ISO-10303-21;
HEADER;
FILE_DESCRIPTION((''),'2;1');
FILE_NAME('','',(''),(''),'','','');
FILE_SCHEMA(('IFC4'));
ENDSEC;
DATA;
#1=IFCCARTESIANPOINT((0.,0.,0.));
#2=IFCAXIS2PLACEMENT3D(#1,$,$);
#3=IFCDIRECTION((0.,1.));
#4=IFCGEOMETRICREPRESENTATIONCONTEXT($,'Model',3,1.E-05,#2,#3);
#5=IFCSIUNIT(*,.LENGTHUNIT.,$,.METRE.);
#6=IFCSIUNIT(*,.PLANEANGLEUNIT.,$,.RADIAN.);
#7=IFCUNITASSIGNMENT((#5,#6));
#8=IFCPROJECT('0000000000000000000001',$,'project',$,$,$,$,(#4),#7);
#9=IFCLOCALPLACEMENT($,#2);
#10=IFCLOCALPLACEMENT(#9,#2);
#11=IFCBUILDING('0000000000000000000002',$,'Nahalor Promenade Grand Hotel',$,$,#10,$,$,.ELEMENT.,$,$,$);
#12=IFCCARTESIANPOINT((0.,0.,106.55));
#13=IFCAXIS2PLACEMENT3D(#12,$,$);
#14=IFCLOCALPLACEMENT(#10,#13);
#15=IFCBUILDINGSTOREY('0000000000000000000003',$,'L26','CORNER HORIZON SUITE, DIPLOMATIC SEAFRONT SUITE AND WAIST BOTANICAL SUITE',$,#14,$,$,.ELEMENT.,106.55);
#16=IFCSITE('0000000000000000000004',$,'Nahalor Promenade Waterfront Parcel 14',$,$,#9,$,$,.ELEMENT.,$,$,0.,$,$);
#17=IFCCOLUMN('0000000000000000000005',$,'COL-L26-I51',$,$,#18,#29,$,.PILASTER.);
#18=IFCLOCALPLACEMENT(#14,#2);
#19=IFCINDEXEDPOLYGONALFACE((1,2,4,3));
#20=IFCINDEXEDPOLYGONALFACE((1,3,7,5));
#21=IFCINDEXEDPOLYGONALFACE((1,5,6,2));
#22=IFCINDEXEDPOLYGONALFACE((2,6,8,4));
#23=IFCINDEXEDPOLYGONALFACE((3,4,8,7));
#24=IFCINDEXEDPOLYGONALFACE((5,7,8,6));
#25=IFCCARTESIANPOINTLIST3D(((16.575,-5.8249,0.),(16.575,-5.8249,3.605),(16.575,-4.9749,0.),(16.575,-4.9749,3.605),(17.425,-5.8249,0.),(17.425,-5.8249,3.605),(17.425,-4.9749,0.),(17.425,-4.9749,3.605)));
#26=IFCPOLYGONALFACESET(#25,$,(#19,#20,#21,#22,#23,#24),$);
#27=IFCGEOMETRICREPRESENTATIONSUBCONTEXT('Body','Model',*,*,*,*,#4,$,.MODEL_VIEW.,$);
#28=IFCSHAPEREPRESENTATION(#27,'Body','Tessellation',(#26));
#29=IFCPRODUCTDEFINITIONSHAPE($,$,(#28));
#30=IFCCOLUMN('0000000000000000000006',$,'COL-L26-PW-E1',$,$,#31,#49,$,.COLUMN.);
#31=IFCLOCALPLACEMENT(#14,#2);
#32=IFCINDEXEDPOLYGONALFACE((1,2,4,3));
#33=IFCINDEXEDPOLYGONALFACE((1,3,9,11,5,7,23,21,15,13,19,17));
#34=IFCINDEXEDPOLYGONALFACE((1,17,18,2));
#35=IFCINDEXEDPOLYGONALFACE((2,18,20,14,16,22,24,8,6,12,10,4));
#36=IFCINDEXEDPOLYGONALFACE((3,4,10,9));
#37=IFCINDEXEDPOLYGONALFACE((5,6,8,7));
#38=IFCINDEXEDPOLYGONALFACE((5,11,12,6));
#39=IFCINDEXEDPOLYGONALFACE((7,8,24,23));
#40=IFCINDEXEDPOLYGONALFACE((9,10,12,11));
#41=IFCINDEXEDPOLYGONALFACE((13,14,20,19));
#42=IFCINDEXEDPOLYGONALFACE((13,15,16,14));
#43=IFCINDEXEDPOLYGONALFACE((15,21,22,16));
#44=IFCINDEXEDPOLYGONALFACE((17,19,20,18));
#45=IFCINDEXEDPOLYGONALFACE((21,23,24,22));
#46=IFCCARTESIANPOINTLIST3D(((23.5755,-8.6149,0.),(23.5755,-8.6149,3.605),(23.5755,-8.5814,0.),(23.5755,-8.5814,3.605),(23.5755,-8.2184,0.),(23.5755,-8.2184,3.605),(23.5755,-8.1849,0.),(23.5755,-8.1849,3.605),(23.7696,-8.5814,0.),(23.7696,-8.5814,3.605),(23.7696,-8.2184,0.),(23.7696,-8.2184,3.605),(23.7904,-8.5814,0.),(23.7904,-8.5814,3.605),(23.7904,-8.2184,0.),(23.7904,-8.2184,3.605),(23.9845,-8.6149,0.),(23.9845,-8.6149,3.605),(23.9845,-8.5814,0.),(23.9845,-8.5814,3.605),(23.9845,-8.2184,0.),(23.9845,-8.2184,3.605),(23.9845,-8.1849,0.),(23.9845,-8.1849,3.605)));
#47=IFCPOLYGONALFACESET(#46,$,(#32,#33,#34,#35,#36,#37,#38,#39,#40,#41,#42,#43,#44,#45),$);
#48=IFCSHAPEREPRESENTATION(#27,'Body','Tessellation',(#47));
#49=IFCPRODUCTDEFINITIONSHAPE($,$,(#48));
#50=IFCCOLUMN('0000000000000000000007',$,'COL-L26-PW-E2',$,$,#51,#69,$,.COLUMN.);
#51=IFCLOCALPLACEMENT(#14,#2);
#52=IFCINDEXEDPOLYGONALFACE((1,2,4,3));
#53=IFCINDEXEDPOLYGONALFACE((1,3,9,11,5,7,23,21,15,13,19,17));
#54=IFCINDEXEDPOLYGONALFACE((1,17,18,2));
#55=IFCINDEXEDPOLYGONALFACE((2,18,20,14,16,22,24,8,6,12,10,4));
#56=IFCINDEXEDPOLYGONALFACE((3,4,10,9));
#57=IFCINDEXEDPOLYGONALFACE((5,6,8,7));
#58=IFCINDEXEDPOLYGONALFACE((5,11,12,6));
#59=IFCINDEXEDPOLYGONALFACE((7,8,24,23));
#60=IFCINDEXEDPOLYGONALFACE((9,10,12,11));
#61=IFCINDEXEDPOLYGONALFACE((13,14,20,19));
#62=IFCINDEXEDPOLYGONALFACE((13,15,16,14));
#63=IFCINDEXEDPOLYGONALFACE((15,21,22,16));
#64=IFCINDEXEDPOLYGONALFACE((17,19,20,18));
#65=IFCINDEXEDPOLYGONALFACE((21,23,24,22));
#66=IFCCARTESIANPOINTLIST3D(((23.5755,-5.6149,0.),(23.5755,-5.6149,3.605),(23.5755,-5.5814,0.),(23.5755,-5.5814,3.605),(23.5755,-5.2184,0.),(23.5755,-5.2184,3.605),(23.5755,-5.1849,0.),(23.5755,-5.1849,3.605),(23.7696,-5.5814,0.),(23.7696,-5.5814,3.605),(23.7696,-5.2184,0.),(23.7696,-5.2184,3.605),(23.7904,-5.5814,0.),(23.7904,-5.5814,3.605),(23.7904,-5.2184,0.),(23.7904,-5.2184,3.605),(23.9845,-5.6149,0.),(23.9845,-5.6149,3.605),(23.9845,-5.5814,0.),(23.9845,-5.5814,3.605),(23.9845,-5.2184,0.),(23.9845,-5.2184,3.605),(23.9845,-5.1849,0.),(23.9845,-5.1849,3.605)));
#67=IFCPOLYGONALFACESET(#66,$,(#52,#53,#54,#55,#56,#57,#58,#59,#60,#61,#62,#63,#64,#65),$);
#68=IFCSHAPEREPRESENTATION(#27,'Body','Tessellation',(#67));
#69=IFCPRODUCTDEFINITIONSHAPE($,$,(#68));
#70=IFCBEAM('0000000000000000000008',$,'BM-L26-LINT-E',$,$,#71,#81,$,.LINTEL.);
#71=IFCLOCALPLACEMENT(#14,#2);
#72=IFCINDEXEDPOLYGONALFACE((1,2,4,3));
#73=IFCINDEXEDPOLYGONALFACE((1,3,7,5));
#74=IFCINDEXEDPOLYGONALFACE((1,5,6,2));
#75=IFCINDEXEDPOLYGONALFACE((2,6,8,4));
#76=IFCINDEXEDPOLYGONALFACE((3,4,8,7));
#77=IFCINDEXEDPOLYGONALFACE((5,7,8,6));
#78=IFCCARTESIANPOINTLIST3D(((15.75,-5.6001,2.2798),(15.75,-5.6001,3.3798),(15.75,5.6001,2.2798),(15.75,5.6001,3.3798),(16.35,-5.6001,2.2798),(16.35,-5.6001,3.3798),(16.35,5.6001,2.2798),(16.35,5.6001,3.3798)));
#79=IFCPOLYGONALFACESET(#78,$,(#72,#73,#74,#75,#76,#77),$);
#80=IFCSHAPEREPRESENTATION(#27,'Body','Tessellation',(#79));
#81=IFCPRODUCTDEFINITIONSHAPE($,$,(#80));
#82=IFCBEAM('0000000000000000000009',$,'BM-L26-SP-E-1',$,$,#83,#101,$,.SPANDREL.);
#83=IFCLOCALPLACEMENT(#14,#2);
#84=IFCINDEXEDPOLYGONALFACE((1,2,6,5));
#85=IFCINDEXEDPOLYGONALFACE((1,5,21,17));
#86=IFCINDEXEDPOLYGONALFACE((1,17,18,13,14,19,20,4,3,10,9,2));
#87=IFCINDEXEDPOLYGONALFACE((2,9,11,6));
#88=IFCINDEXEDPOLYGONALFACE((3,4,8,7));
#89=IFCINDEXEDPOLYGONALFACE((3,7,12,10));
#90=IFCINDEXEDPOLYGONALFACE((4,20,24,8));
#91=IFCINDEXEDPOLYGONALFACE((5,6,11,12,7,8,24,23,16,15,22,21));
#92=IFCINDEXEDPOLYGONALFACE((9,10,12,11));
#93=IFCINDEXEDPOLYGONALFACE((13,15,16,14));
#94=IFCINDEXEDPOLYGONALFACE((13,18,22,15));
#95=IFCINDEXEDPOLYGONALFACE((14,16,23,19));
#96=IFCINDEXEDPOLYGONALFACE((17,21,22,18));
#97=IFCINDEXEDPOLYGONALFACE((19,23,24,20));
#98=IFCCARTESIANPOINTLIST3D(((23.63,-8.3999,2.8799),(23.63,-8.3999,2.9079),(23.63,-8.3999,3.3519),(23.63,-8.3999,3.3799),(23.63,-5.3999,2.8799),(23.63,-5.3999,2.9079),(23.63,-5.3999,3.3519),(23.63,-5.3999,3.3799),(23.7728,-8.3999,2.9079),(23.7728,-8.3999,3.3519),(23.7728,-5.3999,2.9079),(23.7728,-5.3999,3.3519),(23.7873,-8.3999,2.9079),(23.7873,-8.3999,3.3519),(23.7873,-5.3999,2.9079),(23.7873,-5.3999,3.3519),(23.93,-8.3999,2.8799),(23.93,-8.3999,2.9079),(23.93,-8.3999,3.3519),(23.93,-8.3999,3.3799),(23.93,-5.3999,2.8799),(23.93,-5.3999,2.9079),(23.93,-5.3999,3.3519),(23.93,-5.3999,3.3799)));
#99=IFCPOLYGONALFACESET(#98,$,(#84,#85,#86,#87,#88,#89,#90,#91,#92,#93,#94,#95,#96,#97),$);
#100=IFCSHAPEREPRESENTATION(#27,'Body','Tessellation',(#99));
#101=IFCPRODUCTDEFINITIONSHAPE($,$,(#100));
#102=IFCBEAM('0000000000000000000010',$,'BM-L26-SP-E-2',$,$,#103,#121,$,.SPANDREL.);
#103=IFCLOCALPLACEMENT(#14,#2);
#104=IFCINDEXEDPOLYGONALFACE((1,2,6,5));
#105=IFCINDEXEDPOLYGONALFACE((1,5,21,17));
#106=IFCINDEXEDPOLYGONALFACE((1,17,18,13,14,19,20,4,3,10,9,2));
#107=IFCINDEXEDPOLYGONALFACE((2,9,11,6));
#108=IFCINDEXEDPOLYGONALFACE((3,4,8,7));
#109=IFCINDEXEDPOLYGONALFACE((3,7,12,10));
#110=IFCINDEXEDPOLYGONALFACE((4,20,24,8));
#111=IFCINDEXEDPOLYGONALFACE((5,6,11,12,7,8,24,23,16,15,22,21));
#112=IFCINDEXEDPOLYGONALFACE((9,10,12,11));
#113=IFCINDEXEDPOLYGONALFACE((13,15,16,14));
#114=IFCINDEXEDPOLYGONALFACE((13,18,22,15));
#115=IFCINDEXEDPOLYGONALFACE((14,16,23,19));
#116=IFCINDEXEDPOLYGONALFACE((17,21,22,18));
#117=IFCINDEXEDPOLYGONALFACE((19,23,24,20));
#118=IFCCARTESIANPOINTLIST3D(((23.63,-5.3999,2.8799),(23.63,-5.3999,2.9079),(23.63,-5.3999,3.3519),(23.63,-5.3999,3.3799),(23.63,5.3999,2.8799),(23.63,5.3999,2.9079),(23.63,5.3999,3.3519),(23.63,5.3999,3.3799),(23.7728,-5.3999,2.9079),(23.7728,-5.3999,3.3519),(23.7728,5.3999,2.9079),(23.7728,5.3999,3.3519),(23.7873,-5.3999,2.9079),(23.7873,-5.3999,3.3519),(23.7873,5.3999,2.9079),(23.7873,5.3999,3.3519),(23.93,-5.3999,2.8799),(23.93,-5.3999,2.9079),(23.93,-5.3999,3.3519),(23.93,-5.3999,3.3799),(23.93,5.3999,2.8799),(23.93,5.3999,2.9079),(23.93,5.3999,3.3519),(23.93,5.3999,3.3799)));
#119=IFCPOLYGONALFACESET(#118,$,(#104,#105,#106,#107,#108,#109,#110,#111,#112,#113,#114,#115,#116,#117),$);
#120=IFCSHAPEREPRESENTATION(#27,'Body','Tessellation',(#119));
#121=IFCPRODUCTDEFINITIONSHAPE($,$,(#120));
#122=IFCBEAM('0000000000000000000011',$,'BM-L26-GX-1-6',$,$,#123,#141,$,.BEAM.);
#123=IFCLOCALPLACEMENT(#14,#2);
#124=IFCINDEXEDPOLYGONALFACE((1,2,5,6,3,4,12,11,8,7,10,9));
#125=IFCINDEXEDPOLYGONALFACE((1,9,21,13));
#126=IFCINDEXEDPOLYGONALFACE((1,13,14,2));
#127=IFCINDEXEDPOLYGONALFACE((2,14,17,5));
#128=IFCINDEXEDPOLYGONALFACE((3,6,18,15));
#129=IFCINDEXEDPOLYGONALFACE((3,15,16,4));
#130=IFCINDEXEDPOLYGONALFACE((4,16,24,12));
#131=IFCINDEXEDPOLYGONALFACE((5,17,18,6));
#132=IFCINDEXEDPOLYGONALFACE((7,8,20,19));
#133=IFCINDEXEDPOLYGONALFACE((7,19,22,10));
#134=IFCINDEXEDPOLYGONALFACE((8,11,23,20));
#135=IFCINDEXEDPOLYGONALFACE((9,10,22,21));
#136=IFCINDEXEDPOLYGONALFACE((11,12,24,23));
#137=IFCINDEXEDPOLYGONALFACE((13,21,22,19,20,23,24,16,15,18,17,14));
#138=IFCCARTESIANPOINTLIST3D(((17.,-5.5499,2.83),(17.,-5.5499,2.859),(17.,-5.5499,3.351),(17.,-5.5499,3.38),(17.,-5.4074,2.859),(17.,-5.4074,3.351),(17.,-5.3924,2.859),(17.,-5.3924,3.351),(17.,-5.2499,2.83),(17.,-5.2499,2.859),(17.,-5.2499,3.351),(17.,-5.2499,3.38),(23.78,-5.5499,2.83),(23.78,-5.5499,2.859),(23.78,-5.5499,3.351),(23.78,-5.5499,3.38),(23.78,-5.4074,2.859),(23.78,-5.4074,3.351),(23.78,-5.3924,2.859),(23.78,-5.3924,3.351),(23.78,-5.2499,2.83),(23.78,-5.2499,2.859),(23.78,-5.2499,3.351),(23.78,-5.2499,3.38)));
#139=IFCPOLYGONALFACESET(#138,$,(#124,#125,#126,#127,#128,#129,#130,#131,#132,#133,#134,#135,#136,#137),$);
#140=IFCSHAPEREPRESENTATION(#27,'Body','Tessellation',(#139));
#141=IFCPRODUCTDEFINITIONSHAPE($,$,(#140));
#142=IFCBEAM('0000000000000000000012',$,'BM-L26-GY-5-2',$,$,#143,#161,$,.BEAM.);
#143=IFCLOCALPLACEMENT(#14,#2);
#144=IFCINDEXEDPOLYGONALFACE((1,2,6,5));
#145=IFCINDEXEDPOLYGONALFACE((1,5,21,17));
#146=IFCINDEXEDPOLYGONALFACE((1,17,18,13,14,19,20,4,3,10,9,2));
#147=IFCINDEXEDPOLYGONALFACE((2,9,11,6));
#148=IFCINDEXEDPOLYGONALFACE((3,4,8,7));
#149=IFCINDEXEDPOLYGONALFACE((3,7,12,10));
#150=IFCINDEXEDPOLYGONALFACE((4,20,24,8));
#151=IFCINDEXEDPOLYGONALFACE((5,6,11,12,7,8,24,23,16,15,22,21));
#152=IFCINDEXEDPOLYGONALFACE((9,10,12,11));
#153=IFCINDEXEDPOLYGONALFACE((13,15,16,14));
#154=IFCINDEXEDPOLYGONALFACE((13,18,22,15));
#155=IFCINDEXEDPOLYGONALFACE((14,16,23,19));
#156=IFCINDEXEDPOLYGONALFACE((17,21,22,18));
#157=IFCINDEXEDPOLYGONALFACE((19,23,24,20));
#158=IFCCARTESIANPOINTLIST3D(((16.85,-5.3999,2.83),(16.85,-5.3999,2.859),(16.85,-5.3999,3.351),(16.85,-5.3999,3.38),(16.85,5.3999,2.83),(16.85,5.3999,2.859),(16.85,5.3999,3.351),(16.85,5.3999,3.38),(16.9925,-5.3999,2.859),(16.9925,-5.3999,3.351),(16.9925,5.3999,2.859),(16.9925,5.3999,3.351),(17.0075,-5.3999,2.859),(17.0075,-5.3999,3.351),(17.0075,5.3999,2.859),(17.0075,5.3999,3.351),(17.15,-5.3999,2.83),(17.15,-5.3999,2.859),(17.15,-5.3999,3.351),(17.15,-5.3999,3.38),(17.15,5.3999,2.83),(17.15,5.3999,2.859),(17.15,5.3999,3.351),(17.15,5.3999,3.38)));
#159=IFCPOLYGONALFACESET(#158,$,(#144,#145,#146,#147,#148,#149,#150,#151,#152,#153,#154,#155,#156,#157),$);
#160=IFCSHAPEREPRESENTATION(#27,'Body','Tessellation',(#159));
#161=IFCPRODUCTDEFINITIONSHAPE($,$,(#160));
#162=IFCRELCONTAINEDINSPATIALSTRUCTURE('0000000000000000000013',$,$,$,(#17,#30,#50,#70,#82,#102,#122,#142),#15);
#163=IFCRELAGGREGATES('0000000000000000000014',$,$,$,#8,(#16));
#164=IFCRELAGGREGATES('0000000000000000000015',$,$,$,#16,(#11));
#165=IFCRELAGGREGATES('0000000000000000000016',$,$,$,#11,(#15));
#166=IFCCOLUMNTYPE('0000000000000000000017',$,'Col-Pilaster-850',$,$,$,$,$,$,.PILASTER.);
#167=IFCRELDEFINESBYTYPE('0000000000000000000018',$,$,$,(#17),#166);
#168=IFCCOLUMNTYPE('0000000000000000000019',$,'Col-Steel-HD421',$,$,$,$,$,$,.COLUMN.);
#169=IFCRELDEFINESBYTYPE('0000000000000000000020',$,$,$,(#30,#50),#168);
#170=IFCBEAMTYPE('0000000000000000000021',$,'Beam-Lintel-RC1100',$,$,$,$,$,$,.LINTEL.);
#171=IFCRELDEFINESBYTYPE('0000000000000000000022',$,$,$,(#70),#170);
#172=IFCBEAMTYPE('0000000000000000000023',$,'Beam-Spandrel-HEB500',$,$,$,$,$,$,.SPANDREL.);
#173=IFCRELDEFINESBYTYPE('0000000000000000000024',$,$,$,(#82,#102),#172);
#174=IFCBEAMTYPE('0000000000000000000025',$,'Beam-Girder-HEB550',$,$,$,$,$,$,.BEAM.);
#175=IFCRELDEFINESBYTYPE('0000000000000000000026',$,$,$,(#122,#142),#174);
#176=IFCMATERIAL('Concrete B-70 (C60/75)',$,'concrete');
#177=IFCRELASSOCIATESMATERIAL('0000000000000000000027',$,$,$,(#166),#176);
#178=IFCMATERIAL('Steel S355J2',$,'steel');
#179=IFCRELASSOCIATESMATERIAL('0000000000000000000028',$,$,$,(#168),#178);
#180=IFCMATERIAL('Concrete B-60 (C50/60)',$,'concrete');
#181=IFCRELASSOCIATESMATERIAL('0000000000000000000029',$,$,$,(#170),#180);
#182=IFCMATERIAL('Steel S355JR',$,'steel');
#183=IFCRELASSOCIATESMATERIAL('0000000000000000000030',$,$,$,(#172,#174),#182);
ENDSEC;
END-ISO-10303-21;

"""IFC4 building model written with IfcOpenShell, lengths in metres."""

from ifc_helpers import new_model, si_unit, direction, frame, origin, origin_2d, place, context, subcontext, project, spatial, rectangle, i_section, extrude, source, transform, mapped, material, material_profile, profile_set, type_object, element, save


model = new_model("IFC4")

# Units and contexts
model_context = context("Model", 3, precision=1e-05, world=origin(), true_north=direction((0.0, 1.0)))
body_context = subcontext(model_context, "Body", "Model", "MODEL_VIEW")
ifc_project = project(units=[si_unit("LENGTHUNIT", "METRE"), si_unit("PLANEANGLEUNIT", "RADIAN")], contexts=[model_context])

# Site, building, storey
site_placement = place(None, origin())
site = spatial("IfcSite", under=ifc_project, at=site_placement, Name="Nahalor Promenade Waterfront Parcel 14", CompositionType="ELEMENT", RefElevation=0.0)
building_placement = place(site_placement, origin())
building = spatial("IfcBuilding", under=site, at=building_placement, Name="Nahalor Promenade Grand Hotel", CompositionType="ELEMENT")
storey_placement = place(building_placement, frame((0.0, 0.0, 106.55)))
storey = spatial("IfcBuildingStorey", under=building, at=storey_placement, Name="L26", Description="CORNER HORIZON SUITE, DIPLOMATIC SEAFRONT SUITE AND WAIST BOTANICAL SUITE", CompositionType="ELEMENT", Elevation=106.55)

# Columns
ifc_material_1 = material(Name="Concrete B-70 (C60/75)", Category="concrete")
ifc_material_profile_1 = material_profile(ifc_material_1, rectangle(XDim=0.85, YDim=0.85, at=origin_2d()), Name="RC 850x850")
ifc_profile_set_1 = profile_set([ifc_material_profile_1], Name="Concrete B-70 (C60/75)")
column_type_1 = type_object("IfcColumnType", Name="Col-Pilaster-850", PredefinedType="PILASTER", material=ifc_profile_set_1)
shared_shape_1 = source(origin(), body_context, "Body", "SweptSolid", [
    extrude(rectangle(XDim=0.85, YDim=0.85, at=origin_2d()), origin(), (0.0, 0.0, 1.0), 3.605),
])
column_placement = place(storey_placement, frame((17.0, -5.3999, 0.0), z_axis=(0.0, 0.0, 1.0), x_axis=(1.0, 0.0, 0.0)))
element("IfcColumn", 1, at=column_placement, inside=storey, type_object=column_type_1, Name="COL-L26-I51", PredefinedType="PILASTER", context=body_context, shape_type="MappedRepresentation", body=[
    mapped(shared_shape_1, transform((0.0, 0.0, 0.0), scale=1.0)),
])
ifc_material_2 = material(Name="Steel S355J2", Category="steel")
ifc_material_profile_2 = material_profile(ifc_material_2, i_section(OverallWidth=0.409, OverallDepth=0.43, WebThickness=0.0208, FlangeThickness=0.0335, at=origin_2d()), Name="HD 400x421")
ifc_profile_set_2 = profile_set([ifc_material_profile_2], Name="Steel S355J2")
column_type_2 = type_object("IfcColumnType", Name="Col-Steel-HD421", PredefinedType="COLUMN", material=ifc_profile_set_2)
shared_shape_2 = source(origin(), body_context, "Body", "SweptSolid", [
    extrude(i_section(OverallWidth=0.409, OverallDepth=0.43, WebThickness=0.0208, FlangeThickness=0.0335, at=origin_2d()), origin(), (0.0, 0.0, 1.0), 3.605),
])
for number, where, z_axis, x_axis, name in (
    (2, (23.78, -8.3999, 0.0), (0.0, 0.0, 1.0), (1.0, 0.0, 0.0), "COL-L26-PW-E1"),
    (3, (23.78, -5.3999, 0.0), (0.0, 0.0, 1.0), (1.0, 0.0, 0.0), "COL-L26-PW-E2"),
):
    element("IfcColumn", number, at=place(storey_placement, frame(where, z_axis=z_axis, x_axis=x_axis)), inside=storey, type_object=column_type_2, Name=name, PredefinedType="COLUMN", context=body_context, shape_type="MappedRepresentation", body=[
        mapped(shared_shape_2, transform((0.0, 0.0, 0.0), scale=1.0)),
    ])

# Beams
ifc_material_3 = material(Name="Concrete B-60 (C50/60)", Category="concrete")
ifc_material_profile_3 = material_profile(ifc_material_3, rectangle(XDim=0.6, YDim=1.1, at=origin_2d()), Name="RC 600x1100")
ifc_profile_set_3 = profile_set([ifc_material_profile_3], Name="Concrete B-60 (C50/60)")
beam_type_1 = type_object("IfcBeamType", Name="Beam-Lintel-RC1100", PredefinedType="LINTEL", material=ifc_profile_set_3)
shared_shape_3 = source(origin(), body_context, "Body", "SweptSolid", [
    extrude(rectangle(XDim=0.6, YDim=1.1, at=origin_2d()), origin(), (0.0, 0.0, 1.0), 11.2002),
])
beam_1_placement = place(storey_placement, frame((16.05, -5.6001, 2.8298), z_axis=(0.0, 1.0, 0.0), x_axis=(-1.0, 0.0, 0.0)))
element("IfcBeam", 4, at=beam_1_placement, inside=storey, type_object=beam_type_1, Name="BM-L26-LINT-E", PredefinedType="LINTEL", context=body_context, shape_type="MappedRepresentation", body=[
    mapped(shared_shape_3, transform((0.0, 0.0, 0.0), scale=1.0)),
])
ifc_material_4 = material(Name="Steel S355JR", Category="steel")
ifc_material_profile_4 = material_profile(ifc_material_4, i_section(OverallWidth=0.3, OverallDepth=0.5, WebThickness=0.0145, FlangeThickness=0.028, at=origin_2d()), Name="HEB 500")
ifc_profile_set_4 = profile_set([ifc_material_profile_4], Name="Steel S355JR")
beam_type_2 = type_object("IfcBeamType", Name="Beam-Spandrel-HEB500", PredefinedType="SPANDREL", material=ifc_profile_set_4)
shared_shape_4 = source(origin(), body_context, "Body", "SweptSolid", [
    extrude(i_section(OverallWidth=0.3, OverallDepth=0.5, WebThickness=0.0145, FlangeThickness=0.028, at=origin_2d()), origin(), (0.0, 0.0, 1.0), 3.0),
])
beam_2_placement = place(storey_placement, frame((23.78, -8.3999, 3.1299), z_axis=(0.0, 1.0, 0.0), x_axis=(-1.0, 0.0, 0.0)))
element("IfcBeam", 5, at=beam_2_placement, inside=storey, type_object=beam_type_2, Name="BM-L26-SP-E-1", PredefinedType="SPANDREL", context=body_context, shape_type="MappedRepresentation", body=[
    mapped(shared_shape_4, transform((0.0, 0.0, 0.0), scale=1.0)),
])
shared_shape_5 = source(origin(), body_context, "Body", "SweptSolid", [
    extrude(i_section(OverallWidth=0.3, OverallDepth=0.5, WebThickness=0.0145, FlangeThickness=0.028, at=origin_2d()), origin(), (0.0, 0.0, 1.0), 10.7998),
])
beam_3_placement = place(storey_placement, frame((23.78, -5.3999, 3.1299), z_axis=(0.0, 1.0, 0.0), x_axis=(-1.0, 0.0, 0.0)))
element("IfcBeam", 6, at=beam_3_placement, inside=storey, type_object=beam_type_2, Name="BM-L26-SP-E-2", PredefinedType="SPANDREL", context=body_context, shape_type="MappedRepresentation", body=[
    mapped(shared_shape_5, transform((0.0, 0.0, 0.0), scale=1.0)),
])
ifc_material_profile_5 = material_profile(ifc_material_4, i_section(OverallWidth=0.3, OverallDepth=0.55, WebThickness=0.015, FlangeThickness=0.029, at=origin_2d()), Name="HEB 550")
ifc_profile_set_5 = profile_set([ifc_material_profile_5], Name="Steel S355JR")
beam_type_3 = type_object("IfcBeamType", Name="Beam-Girder-HEB550", PredefinedType="BEAM", material=ifc_profile_set_5)
shared_shape_6 = source(origin(), body_context, "Body", "SweptSolid", [
    extrude(i_section(OverallWidth=0.3, OverallDepth=0.55, WebThickness=0.015, FlangeThickness=0.029, at=origin_2d()), origin(), (0.0, 0.0, 1.0), 6.78),
])
beam_4_placement = place(storey_placement, frame((17.0, -5.3999, 3.105), z_axis=(1.0, 0.0, 0.0), x_axis=(0.0, 1.0, 0.0)))
element("IfcBeam", 7, at=beam_4_placement, inside=storey, type_object=beam_type_3, Name="BM-L26-GX-1-6", PredefinedType="BEAM", context=body_context, shape_type="MappedRepresentation", body=[
    mapped(shared_shape_6, transform((0.0, 0.0, 0.0), scale=1.0)),
])
shared_shape_7 = source(origin(), body_context, "Body", "SweptSolid", [
    extrude(i_section(OverallWidth=0.3, OverallDepth=0.55, WebThickness=0.015, FlangeThickness=0.029, at=origin_2d()), origin(), (0.0, 0.0, 1.0), 10.7998),
])
beam_5_placement = place(storey_placement, frame((17.0, -5.3999, 3.105), z_axis=(0.0, 1.0, 0.0), x_axis=(-1.0, 0.0, 0.0)))
element("IfcBeam", 8, at=beam_5_placement, inside=storey, type_object=beam_type_3, Name="BM-L26-GY-5-2", PredefinedType="BEAM", context=body_context, shape_type="MappedRepresentation", body=[
    mapped(shared_shape_7, transform((0.0, 0.0, 0.0), scale=1.0)),
])

save(model, "model.ifc")
